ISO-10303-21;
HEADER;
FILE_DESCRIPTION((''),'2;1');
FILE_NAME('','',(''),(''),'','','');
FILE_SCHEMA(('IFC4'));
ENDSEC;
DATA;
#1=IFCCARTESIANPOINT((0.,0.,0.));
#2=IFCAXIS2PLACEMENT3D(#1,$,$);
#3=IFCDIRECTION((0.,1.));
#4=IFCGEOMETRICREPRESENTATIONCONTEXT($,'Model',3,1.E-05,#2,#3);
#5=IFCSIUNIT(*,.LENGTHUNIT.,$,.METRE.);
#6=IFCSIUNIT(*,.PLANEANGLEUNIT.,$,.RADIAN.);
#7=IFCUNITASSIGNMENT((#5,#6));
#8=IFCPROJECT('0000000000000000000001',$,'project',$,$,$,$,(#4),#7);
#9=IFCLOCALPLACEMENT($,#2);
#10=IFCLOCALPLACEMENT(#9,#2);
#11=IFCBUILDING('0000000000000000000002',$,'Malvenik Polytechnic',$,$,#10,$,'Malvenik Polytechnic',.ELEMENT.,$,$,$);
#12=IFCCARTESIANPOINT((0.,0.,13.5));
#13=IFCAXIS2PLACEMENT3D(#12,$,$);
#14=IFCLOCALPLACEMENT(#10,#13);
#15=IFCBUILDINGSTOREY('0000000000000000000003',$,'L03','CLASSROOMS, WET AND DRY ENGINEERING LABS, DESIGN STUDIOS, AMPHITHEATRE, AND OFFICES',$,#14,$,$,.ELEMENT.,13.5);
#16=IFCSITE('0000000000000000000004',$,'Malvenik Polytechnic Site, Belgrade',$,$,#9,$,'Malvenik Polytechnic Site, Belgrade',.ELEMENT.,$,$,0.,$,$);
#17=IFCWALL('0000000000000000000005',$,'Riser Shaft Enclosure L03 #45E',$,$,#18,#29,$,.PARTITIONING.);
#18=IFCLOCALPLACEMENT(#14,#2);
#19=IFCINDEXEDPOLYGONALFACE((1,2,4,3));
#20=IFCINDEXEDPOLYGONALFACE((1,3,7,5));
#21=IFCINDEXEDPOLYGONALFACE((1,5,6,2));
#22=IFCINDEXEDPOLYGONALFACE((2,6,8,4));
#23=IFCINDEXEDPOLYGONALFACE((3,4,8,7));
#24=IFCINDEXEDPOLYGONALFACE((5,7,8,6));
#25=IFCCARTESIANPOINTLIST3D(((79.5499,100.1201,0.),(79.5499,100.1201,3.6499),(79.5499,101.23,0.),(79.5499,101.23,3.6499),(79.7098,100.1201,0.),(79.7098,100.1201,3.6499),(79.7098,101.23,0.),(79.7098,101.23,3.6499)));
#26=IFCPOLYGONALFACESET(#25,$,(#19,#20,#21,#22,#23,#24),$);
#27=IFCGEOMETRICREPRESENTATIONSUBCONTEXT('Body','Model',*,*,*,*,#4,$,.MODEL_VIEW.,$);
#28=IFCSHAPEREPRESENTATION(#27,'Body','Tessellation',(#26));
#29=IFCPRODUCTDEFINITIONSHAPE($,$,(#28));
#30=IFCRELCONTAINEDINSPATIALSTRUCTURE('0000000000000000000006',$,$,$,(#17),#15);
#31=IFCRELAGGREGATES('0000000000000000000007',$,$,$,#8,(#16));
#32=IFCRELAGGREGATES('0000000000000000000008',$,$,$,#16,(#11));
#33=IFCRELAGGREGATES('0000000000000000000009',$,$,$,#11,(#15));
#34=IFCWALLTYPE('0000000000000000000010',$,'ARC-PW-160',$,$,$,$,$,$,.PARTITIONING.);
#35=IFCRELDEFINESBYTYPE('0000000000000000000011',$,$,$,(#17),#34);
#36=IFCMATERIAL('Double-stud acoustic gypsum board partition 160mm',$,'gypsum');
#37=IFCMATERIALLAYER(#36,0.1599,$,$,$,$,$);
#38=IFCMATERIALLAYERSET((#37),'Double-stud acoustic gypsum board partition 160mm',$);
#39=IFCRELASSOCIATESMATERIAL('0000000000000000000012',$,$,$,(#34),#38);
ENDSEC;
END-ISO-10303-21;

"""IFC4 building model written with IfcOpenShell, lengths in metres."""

from ifc_helpers import new_model, si_unit, direction, frame, frame_2d, origin, place, context, subcontext, project, spatial, rectangle, extrude, material, layer, layer_set, type_object, element, save


model = new_model("IFC4")

# Units and contexts
model_context = context("Model", 3, precision=1e-05, world=origin(), true_north=direction((0.0, 1.0)))
body_context = subcontext(model_context, "Body", "Model", "MODEL_VIEW")
ifc_project = project(units=[si_unit("LENGTHUNIT", "METRE"), si_unit("PLANEANGLEUNIT", "RADIAN")], contexts=[model_context])

# Site, building, storey
site_placement = place(None, origin())
site = spatial("IfcSite", under=ifc_project, at=site_placement, Name="Malvenik Polytechnic Site, Belgrade", LongName="Malvenik Polytechnic Site, Belgrade", CompositionType="ELEMENT", RefElevation=0.0)
building_placement = place(site_placement, origin())
building = spatial("IfcBuilding", under=site, at=building_placement, Name="Malvenik Polytechnic", LongName="Malvenik Polytechnic", CompositionType="ELEMENT")
storey_placement = place(building_placement, frame((0.0, 0.0, 13.5)))
storey = spatial("IfcBuildingStorey", under=building, at=storey_placement, Name="L03", Description="CLASSROOMS, WET AND DRY ENGINEERING LABS, DESIGN STUDIOS, AMPHITHEATRE, AND OFFICES", CompositionType="ELEMENT", Elevation=13.5)

# Wall
ifc_material_1 = material(Name="Double-stud acoustic gypsum board partition 160mm", Category="gypsum")
ifc_layer_1 = layer(ifc_material_1, 0.1599)
ifc_layer_set_1 = layer_set([ifc_layer_1], Name="Double-stud acoustic gypsum board partition 160mm")
wall_type_1 = type_object("IfcWallType", Name="ARC-PW-160", PredefinedType="PARTITIONING", material=ifc_layer_set_1)
for number, where, z_axis, x_axis, name in (
    (1, (79.6299, 100.1201, 0.0), (0.0, 0.0, 1.0), (0.0, 1.0, 0.0), "Riser Shaft Enclosure L03 #45E"),
):
    element("IfcWall", number, at=place(storey_placement, frame(where, z_axis=z_axis, x_axis=x_axis)), inside=storey, type_object=wall_type_1, Name=name, PredefinedType="PARTITIONING", context=body_context, shape_type="SweptSolid", body=[
        extrude(rectangle(XDim=1.1099, YDim=0.1599, at=frame_2d((0.5549, 0.0))), origin(), (0.0, 0.0, 1.0), 3.6499),
    ])

save(model, "model.ifc")
